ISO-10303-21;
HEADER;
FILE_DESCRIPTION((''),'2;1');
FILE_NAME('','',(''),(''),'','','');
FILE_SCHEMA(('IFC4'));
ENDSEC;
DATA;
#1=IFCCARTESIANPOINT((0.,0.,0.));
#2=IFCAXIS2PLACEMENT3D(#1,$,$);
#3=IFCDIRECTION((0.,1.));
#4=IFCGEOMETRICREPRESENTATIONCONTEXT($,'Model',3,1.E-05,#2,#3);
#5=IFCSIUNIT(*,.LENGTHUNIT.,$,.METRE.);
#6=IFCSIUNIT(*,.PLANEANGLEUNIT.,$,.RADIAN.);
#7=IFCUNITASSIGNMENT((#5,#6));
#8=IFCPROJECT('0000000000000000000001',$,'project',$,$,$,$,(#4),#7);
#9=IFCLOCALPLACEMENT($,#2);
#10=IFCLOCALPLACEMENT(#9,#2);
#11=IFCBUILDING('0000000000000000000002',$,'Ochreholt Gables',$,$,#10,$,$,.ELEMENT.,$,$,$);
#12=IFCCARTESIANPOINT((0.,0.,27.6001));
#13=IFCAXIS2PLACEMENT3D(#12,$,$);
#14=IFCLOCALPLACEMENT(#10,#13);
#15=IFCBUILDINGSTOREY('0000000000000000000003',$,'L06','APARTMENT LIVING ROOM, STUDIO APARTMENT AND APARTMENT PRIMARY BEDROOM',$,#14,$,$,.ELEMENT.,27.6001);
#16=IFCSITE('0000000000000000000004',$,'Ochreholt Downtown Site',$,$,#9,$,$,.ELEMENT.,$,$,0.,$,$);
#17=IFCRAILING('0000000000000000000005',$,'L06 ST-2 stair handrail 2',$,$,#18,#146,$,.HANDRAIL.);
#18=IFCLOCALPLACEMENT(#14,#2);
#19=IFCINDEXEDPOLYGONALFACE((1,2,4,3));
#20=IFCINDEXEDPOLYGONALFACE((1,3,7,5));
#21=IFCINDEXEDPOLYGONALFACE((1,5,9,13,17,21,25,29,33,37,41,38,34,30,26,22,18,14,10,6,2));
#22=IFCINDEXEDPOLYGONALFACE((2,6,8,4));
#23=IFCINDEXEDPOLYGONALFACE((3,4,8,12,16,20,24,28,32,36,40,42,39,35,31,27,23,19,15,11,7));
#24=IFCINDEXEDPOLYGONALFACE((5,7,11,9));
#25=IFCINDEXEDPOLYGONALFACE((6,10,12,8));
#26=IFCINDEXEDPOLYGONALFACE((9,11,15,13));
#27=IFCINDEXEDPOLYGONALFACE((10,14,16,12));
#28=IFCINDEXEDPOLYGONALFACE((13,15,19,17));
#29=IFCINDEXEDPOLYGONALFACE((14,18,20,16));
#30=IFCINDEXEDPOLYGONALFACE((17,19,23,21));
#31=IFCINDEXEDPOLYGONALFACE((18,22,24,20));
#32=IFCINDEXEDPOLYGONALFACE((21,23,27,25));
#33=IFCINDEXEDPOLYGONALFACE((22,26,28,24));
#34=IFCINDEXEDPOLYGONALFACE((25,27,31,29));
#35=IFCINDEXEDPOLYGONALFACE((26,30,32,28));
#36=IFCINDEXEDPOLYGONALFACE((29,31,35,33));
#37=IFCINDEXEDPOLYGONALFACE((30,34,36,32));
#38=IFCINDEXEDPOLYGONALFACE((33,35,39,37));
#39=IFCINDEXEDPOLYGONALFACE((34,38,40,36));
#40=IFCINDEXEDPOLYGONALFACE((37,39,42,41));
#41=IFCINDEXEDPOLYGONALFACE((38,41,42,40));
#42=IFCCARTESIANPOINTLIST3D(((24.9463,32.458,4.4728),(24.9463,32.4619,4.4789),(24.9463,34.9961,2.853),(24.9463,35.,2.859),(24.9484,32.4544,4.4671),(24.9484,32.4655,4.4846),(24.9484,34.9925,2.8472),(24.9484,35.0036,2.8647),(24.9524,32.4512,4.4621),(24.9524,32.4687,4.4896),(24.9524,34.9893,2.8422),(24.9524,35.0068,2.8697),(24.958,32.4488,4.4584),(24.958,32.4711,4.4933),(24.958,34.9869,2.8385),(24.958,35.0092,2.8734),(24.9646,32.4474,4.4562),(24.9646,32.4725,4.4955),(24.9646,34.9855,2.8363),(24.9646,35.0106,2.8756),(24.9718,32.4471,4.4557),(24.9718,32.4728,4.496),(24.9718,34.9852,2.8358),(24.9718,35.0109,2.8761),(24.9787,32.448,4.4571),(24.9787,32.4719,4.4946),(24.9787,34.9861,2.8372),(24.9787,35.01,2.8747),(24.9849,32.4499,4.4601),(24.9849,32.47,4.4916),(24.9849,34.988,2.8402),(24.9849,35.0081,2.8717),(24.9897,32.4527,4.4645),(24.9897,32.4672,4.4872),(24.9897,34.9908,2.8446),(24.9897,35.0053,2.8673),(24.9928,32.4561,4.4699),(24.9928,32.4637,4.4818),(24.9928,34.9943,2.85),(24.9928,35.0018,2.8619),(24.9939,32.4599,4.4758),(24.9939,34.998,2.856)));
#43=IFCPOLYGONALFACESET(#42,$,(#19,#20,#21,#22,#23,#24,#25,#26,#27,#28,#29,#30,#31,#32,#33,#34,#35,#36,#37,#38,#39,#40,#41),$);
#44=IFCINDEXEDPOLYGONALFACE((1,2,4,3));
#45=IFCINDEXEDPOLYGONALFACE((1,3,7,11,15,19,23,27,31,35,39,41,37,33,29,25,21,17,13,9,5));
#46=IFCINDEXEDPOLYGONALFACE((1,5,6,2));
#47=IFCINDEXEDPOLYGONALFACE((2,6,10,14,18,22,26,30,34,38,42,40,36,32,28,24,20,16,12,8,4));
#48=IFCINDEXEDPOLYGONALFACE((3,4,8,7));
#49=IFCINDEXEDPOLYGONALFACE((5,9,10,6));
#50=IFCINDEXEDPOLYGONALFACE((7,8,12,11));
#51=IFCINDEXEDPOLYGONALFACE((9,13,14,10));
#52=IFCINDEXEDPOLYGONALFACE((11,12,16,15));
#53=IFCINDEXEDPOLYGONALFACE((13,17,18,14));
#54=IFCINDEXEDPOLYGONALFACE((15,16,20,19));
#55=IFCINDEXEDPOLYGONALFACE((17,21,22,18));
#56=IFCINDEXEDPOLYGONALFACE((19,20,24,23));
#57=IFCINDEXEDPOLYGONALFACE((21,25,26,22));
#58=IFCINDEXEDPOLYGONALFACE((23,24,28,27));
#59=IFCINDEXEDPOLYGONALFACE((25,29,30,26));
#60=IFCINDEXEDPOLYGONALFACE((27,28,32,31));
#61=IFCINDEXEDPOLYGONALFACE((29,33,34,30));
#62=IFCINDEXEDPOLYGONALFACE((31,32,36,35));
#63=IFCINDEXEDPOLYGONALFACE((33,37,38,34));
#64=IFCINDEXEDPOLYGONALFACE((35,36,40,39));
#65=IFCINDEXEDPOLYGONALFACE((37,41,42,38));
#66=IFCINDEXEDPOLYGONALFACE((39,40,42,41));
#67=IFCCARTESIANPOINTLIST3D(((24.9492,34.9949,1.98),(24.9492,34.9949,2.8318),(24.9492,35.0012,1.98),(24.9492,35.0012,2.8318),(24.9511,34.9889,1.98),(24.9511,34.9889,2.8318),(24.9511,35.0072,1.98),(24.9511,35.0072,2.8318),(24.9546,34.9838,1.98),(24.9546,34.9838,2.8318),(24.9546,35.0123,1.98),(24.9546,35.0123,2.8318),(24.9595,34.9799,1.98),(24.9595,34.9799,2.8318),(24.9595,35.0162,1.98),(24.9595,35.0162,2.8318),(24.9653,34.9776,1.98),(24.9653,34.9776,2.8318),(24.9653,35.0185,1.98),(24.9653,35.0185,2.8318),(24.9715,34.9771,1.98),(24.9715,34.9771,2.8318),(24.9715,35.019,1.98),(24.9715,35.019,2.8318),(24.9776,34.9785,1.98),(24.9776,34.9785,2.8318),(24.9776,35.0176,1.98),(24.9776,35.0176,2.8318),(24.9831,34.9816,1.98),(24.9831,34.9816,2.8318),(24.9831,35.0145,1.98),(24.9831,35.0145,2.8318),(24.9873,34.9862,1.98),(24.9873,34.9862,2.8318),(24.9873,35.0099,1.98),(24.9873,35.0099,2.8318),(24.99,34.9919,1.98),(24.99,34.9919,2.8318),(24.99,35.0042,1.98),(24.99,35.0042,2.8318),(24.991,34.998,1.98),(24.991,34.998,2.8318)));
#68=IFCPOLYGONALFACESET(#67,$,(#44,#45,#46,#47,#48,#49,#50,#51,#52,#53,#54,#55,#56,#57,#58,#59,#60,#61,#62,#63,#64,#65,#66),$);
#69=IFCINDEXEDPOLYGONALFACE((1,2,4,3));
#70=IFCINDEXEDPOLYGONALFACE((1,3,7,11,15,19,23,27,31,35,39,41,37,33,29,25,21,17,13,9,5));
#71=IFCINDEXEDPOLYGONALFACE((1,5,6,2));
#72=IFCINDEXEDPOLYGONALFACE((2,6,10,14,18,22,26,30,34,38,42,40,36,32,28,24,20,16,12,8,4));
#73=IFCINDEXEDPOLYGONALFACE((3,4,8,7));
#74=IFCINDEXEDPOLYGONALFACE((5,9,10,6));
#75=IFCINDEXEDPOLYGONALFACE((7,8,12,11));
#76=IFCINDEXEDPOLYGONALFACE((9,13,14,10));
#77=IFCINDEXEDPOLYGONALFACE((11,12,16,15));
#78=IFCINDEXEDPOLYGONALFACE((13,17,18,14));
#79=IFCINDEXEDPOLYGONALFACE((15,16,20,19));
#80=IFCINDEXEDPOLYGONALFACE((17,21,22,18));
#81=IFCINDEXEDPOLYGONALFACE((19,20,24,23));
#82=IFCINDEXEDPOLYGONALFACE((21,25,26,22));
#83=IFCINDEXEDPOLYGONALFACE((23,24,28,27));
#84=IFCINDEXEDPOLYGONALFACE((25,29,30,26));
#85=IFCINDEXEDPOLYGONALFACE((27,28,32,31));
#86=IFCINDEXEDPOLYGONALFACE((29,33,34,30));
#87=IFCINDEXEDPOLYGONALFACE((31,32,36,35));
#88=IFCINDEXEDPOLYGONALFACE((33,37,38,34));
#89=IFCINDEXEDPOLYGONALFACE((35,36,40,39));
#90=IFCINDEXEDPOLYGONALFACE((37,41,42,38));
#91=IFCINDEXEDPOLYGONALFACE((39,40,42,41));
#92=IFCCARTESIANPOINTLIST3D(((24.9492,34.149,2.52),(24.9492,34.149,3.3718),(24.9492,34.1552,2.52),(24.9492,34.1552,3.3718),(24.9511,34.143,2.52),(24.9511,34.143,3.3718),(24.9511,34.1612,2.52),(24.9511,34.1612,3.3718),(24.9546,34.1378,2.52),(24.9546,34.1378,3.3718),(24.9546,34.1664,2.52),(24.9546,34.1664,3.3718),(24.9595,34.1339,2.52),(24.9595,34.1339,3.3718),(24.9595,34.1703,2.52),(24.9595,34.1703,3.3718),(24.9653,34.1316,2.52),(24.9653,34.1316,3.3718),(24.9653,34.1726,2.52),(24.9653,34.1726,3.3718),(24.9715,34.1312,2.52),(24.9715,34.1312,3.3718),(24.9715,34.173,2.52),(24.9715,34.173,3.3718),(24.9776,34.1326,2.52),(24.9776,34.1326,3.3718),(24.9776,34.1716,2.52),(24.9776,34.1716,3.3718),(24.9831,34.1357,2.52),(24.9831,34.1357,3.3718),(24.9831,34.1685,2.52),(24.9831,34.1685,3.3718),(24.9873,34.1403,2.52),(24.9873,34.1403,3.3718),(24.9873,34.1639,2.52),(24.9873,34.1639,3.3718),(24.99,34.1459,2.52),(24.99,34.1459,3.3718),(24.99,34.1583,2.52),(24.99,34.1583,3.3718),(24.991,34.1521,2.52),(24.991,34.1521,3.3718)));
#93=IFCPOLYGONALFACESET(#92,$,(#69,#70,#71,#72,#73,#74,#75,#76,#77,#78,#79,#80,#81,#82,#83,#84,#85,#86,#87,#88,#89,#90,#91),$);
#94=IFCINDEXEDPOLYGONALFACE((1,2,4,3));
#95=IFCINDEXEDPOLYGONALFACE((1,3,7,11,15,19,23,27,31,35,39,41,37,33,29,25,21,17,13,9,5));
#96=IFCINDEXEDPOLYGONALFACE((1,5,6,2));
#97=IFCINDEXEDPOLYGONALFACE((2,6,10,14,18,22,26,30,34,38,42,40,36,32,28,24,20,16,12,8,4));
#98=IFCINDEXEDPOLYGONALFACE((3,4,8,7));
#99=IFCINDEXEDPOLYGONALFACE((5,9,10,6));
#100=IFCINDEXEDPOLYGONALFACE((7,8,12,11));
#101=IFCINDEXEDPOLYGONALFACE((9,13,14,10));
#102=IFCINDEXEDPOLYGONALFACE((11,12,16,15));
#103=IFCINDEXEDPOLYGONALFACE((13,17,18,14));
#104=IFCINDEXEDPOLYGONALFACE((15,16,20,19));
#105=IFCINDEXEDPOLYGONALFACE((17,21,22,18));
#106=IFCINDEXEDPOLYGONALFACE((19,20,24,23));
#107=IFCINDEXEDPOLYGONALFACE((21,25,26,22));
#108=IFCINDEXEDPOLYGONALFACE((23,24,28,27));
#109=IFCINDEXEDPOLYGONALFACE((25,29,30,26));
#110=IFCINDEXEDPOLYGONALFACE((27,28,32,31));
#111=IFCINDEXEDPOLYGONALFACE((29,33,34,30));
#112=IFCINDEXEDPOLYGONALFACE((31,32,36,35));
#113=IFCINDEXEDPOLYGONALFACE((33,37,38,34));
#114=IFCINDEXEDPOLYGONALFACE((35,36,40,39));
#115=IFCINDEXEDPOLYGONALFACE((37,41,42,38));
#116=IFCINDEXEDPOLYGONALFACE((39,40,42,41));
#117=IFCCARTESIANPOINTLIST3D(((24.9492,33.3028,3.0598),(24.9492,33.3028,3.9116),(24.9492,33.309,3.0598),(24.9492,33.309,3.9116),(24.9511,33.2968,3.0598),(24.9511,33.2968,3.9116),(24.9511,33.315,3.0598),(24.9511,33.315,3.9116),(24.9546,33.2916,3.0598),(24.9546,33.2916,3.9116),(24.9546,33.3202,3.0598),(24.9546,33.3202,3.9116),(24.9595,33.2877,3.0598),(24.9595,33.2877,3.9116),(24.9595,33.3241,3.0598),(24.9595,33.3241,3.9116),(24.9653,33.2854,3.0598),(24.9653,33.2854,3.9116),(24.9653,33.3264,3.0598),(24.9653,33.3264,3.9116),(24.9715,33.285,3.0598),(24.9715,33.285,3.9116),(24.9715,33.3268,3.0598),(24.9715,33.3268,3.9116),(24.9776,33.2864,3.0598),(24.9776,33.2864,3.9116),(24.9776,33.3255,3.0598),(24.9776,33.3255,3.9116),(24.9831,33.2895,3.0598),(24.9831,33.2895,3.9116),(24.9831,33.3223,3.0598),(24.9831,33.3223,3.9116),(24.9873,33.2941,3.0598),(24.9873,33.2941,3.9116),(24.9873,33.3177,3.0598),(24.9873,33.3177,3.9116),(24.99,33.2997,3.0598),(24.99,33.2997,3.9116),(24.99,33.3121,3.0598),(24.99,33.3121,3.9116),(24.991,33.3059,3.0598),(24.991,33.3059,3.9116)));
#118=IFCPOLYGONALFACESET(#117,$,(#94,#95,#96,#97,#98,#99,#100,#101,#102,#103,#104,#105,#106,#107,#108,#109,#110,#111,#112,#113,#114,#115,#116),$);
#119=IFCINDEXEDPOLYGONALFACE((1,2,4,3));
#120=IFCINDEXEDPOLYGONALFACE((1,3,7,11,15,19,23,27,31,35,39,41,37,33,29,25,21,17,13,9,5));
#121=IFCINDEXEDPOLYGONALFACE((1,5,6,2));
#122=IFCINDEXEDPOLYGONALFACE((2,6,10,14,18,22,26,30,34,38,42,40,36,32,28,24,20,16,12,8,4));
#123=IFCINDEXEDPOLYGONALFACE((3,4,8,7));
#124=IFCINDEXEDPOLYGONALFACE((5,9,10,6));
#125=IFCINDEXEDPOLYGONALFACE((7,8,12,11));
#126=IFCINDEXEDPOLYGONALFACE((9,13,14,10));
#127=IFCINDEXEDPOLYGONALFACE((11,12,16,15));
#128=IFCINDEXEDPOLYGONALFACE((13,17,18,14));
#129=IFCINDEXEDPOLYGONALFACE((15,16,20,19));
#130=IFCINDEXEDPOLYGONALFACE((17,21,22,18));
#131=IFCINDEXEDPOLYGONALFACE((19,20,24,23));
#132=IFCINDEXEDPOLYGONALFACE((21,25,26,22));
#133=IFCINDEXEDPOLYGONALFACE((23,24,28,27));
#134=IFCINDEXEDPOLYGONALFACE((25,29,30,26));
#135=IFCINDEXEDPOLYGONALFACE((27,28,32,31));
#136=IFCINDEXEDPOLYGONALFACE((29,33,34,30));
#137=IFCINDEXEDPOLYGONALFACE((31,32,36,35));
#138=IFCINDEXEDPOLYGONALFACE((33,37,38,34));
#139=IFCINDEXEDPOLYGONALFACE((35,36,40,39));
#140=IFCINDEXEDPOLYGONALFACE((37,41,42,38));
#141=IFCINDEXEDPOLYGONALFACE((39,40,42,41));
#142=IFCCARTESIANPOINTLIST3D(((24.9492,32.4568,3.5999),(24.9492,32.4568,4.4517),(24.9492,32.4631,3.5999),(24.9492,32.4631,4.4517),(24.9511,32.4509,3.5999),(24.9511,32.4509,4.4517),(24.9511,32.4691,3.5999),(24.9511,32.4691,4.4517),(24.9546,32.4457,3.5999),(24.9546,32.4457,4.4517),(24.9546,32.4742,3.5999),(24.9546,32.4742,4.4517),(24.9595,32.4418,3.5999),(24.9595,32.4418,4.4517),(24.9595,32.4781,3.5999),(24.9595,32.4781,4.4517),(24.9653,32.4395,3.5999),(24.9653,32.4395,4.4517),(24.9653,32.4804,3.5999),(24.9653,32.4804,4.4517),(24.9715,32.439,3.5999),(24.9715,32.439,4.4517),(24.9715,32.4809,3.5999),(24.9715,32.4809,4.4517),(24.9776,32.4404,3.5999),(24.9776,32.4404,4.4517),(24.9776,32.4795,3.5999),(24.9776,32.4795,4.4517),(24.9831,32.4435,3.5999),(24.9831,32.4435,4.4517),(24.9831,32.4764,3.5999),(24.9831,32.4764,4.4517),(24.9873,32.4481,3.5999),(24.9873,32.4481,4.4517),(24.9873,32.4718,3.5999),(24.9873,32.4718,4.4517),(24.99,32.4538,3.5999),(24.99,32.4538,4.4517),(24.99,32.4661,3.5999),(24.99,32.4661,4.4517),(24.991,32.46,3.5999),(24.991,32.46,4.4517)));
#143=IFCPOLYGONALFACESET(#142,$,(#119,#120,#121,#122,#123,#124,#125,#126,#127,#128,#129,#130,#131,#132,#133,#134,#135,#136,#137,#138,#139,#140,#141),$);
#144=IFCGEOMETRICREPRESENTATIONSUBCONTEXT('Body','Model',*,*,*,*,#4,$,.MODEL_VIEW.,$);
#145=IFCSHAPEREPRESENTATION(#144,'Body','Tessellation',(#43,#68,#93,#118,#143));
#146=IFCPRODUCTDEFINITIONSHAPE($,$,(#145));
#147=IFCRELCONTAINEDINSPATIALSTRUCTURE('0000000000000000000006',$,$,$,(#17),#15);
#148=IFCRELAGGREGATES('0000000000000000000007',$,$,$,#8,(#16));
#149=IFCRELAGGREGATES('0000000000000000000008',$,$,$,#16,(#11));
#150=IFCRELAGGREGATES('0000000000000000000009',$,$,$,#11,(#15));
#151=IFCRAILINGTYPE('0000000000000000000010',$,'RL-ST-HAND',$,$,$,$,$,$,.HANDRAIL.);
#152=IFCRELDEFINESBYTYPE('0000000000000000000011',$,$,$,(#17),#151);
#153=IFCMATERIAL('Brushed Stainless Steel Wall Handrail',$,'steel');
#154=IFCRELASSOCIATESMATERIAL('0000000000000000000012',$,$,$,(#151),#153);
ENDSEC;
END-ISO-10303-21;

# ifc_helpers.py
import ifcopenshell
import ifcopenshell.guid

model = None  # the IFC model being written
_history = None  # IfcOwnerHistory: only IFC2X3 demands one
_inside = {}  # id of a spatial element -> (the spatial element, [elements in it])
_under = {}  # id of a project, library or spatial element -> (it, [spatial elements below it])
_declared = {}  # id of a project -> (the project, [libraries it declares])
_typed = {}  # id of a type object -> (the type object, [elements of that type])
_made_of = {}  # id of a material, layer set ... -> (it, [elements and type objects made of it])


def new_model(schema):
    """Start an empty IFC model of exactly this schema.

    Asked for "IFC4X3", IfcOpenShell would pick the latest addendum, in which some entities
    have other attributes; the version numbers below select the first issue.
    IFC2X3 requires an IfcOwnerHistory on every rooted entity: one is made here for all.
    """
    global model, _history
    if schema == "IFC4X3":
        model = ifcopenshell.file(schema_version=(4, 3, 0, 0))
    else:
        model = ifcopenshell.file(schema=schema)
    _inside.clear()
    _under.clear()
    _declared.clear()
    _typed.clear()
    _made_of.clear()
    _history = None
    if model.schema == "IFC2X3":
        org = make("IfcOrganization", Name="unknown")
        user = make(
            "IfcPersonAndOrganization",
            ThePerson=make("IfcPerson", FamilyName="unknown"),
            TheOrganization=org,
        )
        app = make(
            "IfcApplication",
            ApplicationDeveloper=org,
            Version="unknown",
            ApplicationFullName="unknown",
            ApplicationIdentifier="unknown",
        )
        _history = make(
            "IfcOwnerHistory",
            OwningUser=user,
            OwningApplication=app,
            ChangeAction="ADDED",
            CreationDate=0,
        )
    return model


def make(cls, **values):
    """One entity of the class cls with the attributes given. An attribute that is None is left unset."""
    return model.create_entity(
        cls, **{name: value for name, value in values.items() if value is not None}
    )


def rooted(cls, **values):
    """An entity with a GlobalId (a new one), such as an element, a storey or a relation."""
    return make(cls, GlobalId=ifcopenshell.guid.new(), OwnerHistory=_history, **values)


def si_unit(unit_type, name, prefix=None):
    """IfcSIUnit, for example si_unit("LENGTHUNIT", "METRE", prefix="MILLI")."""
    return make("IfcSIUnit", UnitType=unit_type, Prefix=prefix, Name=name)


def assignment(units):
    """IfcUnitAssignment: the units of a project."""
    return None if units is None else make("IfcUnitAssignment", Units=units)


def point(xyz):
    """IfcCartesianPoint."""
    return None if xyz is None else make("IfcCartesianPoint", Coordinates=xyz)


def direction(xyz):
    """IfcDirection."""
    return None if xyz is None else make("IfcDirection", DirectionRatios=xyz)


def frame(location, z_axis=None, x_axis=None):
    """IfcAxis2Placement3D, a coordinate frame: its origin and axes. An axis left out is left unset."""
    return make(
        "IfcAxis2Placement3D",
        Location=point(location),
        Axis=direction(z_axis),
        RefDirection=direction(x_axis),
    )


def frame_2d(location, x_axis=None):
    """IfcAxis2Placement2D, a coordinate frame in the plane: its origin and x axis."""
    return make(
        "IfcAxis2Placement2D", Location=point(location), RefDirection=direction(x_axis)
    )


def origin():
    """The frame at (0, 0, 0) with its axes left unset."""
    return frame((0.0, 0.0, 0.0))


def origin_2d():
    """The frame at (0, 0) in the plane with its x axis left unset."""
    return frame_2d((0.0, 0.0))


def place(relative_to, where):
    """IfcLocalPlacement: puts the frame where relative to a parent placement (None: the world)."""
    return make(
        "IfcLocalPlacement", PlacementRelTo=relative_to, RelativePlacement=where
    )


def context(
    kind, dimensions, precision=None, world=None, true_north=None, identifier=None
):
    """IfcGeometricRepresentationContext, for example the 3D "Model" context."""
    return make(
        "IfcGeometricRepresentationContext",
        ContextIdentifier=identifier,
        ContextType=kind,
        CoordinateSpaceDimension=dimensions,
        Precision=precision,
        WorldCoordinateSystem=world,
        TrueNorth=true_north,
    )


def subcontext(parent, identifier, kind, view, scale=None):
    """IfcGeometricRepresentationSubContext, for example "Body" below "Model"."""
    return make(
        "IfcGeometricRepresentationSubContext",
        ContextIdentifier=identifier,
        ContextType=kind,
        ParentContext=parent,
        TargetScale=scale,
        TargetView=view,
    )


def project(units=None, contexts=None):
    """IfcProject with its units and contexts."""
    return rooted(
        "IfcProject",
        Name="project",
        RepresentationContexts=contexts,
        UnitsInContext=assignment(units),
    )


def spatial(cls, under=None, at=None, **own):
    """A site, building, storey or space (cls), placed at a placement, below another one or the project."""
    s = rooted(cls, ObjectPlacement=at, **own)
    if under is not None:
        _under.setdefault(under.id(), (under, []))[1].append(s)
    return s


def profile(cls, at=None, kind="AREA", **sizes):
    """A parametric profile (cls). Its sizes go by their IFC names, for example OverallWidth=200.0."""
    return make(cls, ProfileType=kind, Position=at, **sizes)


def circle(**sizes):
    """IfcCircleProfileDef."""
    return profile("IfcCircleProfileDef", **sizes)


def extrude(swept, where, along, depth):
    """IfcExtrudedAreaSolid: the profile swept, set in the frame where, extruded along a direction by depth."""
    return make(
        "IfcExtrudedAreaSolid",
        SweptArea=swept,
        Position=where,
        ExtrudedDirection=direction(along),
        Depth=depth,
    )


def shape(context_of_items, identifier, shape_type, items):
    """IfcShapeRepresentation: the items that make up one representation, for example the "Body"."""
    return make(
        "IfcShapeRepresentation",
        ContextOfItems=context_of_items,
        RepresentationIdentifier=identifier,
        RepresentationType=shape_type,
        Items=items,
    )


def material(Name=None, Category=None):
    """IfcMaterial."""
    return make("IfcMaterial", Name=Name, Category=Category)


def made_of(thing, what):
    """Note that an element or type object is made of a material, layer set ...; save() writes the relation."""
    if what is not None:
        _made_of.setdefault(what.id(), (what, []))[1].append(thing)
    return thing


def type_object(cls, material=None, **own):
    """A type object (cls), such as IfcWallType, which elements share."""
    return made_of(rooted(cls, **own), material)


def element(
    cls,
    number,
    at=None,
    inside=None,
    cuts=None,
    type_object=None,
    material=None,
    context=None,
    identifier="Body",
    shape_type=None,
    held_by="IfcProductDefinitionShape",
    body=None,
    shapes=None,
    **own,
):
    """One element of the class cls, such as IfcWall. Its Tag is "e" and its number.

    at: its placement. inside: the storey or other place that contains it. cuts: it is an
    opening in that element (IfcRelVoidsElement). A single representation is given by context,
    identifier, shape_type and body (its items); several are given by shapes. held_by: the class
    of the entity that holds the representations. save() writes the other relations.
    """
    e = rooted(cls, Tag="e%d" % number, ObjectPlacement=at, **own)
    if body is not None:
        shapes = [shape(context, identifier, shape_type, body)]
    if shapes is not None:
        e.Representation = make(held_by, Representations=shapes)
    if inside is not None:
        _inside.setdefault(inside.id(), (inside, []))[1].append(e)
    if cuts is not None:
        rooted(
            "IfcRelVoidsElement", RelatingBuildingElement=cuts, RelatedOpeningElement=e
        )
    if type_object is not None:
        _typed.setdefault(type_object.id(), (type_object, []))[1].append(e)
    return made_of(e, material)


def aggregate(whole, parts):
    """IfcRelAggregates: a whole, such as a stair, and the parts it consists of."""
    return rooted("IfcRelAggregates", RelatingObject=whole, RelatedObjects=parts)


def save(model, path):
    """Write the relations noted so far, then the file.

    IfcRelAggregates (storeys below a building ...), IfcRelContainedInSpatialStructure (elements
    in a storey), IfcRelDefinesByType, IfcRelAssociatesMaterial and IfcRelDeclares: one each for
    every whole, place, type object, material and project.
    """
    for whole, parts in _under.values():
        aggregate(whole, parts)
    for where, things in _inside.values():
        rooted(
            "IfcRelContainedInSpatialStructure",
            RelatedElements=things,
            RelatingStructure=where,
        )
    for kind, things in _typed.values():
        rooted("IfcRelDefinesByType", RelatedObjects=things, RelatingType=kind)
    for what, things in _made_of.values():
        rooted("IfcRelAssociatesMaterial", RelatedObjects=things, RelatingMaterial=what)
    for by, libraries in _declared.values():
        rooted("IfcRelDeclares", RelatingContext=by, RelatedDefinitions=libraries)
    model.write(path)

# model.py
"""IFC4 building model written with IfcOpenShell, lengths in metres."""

from ifc_helpers import new_model, si_unit, direction, frame, origin, origin_2d, place, context, subcontext, project, spatial, circle, extrude, material, type_object, element, save


model = new_model("IFC4")

# Units and contexts
model_context = context("Model", 3, precision=1e-05, world=origin(), true_north=direction((0.0, 1.0)))
body_context = subcontext(model_context, "Body", "Model", "MODEL_VIEW")
ifc_project = project(units=[si_unit("LENGTHUNIT", "METRE"), si_unit("PLANEANGLEUNIT", "RADIAN")], contexts=[model_context])

# Site, building, storey
site_placement = place(None, origin())
site = spatial("IfcSite", under=ifc_project, at=site_placement, Name="Ochreholt Downtown Site", CompositionType="ELEMENT", RefElevation=0.0)
building_placement = place(site_placement, origin())
building = spatial("IfcBuilding", under=site, at=building_placement, Name="Ochreholt Gables", CompositionType="ELEMENT")
storey_placement = place(building_placement, frame((0.0, 0.0, 27.6001)))
storey = spatial("IfcBuildingStorey", under=building, at=storey_placement, Name="L06", Description="APARTMENT LIVING ROOM, STUDIO APARTMENT AND APARTMENT PRIMARY BEDROOM", CompositionType="ELEMENT", Elevation=27.6001)

# Railing
ifc_material_1 = material(Name="Brushed Stainless Steel Wall Handrail", Category="steel")
railing_type_1 = type_object("IfcRailingType", Name="RL-ST-HAND", PredefinedType="HANDRAIL", material=ifc_material_1)
railing_1_placement = place(storey_placement, frame((24.97, 34.998, 1.98)))
element("IfcRailing", 1, at=railing_1_placement, inside=storey, type_object=railing_type_1, Name="L06 ST-2 stair handrail 2", PredefinedType="HANDRAIL", context=body_context, shape_type="SweptSolid", body=[
    extrude(circle(Radius=0.0239, at=origin_2d()), frame((0.0, 0.0, 0.876), z_axis=(0.0, -0.84295, 0.537993), x_axis=(1.0, 0.0, 0.0)), (0.0, 0.0, 1.0), 3.011),
    extrude(circle(Radius=0.021, at=origin_2d()), origin(), (0.0, 0.0, 1.0), 0.8518),
    extrude(circle(Radius=0.021, at=origin_2d()), frame((0.0, -0.8459, 0.54)), (0.0, 0.0, 1.0), 0.8518),
    extrude(circle(Radius=0.021, at=origin_2d()), frame((0.0, -1.6921, 1.0798)), (0.0, 0.0, 1.0), 0.8518),
    extrude(circle(Radius=0.021, at=origin_2d()), frame((0.0, -2.5381, 1.6199)), (0.0, 0.0, 1.0), 0.8518),
])

save(model, "model.ifc")
